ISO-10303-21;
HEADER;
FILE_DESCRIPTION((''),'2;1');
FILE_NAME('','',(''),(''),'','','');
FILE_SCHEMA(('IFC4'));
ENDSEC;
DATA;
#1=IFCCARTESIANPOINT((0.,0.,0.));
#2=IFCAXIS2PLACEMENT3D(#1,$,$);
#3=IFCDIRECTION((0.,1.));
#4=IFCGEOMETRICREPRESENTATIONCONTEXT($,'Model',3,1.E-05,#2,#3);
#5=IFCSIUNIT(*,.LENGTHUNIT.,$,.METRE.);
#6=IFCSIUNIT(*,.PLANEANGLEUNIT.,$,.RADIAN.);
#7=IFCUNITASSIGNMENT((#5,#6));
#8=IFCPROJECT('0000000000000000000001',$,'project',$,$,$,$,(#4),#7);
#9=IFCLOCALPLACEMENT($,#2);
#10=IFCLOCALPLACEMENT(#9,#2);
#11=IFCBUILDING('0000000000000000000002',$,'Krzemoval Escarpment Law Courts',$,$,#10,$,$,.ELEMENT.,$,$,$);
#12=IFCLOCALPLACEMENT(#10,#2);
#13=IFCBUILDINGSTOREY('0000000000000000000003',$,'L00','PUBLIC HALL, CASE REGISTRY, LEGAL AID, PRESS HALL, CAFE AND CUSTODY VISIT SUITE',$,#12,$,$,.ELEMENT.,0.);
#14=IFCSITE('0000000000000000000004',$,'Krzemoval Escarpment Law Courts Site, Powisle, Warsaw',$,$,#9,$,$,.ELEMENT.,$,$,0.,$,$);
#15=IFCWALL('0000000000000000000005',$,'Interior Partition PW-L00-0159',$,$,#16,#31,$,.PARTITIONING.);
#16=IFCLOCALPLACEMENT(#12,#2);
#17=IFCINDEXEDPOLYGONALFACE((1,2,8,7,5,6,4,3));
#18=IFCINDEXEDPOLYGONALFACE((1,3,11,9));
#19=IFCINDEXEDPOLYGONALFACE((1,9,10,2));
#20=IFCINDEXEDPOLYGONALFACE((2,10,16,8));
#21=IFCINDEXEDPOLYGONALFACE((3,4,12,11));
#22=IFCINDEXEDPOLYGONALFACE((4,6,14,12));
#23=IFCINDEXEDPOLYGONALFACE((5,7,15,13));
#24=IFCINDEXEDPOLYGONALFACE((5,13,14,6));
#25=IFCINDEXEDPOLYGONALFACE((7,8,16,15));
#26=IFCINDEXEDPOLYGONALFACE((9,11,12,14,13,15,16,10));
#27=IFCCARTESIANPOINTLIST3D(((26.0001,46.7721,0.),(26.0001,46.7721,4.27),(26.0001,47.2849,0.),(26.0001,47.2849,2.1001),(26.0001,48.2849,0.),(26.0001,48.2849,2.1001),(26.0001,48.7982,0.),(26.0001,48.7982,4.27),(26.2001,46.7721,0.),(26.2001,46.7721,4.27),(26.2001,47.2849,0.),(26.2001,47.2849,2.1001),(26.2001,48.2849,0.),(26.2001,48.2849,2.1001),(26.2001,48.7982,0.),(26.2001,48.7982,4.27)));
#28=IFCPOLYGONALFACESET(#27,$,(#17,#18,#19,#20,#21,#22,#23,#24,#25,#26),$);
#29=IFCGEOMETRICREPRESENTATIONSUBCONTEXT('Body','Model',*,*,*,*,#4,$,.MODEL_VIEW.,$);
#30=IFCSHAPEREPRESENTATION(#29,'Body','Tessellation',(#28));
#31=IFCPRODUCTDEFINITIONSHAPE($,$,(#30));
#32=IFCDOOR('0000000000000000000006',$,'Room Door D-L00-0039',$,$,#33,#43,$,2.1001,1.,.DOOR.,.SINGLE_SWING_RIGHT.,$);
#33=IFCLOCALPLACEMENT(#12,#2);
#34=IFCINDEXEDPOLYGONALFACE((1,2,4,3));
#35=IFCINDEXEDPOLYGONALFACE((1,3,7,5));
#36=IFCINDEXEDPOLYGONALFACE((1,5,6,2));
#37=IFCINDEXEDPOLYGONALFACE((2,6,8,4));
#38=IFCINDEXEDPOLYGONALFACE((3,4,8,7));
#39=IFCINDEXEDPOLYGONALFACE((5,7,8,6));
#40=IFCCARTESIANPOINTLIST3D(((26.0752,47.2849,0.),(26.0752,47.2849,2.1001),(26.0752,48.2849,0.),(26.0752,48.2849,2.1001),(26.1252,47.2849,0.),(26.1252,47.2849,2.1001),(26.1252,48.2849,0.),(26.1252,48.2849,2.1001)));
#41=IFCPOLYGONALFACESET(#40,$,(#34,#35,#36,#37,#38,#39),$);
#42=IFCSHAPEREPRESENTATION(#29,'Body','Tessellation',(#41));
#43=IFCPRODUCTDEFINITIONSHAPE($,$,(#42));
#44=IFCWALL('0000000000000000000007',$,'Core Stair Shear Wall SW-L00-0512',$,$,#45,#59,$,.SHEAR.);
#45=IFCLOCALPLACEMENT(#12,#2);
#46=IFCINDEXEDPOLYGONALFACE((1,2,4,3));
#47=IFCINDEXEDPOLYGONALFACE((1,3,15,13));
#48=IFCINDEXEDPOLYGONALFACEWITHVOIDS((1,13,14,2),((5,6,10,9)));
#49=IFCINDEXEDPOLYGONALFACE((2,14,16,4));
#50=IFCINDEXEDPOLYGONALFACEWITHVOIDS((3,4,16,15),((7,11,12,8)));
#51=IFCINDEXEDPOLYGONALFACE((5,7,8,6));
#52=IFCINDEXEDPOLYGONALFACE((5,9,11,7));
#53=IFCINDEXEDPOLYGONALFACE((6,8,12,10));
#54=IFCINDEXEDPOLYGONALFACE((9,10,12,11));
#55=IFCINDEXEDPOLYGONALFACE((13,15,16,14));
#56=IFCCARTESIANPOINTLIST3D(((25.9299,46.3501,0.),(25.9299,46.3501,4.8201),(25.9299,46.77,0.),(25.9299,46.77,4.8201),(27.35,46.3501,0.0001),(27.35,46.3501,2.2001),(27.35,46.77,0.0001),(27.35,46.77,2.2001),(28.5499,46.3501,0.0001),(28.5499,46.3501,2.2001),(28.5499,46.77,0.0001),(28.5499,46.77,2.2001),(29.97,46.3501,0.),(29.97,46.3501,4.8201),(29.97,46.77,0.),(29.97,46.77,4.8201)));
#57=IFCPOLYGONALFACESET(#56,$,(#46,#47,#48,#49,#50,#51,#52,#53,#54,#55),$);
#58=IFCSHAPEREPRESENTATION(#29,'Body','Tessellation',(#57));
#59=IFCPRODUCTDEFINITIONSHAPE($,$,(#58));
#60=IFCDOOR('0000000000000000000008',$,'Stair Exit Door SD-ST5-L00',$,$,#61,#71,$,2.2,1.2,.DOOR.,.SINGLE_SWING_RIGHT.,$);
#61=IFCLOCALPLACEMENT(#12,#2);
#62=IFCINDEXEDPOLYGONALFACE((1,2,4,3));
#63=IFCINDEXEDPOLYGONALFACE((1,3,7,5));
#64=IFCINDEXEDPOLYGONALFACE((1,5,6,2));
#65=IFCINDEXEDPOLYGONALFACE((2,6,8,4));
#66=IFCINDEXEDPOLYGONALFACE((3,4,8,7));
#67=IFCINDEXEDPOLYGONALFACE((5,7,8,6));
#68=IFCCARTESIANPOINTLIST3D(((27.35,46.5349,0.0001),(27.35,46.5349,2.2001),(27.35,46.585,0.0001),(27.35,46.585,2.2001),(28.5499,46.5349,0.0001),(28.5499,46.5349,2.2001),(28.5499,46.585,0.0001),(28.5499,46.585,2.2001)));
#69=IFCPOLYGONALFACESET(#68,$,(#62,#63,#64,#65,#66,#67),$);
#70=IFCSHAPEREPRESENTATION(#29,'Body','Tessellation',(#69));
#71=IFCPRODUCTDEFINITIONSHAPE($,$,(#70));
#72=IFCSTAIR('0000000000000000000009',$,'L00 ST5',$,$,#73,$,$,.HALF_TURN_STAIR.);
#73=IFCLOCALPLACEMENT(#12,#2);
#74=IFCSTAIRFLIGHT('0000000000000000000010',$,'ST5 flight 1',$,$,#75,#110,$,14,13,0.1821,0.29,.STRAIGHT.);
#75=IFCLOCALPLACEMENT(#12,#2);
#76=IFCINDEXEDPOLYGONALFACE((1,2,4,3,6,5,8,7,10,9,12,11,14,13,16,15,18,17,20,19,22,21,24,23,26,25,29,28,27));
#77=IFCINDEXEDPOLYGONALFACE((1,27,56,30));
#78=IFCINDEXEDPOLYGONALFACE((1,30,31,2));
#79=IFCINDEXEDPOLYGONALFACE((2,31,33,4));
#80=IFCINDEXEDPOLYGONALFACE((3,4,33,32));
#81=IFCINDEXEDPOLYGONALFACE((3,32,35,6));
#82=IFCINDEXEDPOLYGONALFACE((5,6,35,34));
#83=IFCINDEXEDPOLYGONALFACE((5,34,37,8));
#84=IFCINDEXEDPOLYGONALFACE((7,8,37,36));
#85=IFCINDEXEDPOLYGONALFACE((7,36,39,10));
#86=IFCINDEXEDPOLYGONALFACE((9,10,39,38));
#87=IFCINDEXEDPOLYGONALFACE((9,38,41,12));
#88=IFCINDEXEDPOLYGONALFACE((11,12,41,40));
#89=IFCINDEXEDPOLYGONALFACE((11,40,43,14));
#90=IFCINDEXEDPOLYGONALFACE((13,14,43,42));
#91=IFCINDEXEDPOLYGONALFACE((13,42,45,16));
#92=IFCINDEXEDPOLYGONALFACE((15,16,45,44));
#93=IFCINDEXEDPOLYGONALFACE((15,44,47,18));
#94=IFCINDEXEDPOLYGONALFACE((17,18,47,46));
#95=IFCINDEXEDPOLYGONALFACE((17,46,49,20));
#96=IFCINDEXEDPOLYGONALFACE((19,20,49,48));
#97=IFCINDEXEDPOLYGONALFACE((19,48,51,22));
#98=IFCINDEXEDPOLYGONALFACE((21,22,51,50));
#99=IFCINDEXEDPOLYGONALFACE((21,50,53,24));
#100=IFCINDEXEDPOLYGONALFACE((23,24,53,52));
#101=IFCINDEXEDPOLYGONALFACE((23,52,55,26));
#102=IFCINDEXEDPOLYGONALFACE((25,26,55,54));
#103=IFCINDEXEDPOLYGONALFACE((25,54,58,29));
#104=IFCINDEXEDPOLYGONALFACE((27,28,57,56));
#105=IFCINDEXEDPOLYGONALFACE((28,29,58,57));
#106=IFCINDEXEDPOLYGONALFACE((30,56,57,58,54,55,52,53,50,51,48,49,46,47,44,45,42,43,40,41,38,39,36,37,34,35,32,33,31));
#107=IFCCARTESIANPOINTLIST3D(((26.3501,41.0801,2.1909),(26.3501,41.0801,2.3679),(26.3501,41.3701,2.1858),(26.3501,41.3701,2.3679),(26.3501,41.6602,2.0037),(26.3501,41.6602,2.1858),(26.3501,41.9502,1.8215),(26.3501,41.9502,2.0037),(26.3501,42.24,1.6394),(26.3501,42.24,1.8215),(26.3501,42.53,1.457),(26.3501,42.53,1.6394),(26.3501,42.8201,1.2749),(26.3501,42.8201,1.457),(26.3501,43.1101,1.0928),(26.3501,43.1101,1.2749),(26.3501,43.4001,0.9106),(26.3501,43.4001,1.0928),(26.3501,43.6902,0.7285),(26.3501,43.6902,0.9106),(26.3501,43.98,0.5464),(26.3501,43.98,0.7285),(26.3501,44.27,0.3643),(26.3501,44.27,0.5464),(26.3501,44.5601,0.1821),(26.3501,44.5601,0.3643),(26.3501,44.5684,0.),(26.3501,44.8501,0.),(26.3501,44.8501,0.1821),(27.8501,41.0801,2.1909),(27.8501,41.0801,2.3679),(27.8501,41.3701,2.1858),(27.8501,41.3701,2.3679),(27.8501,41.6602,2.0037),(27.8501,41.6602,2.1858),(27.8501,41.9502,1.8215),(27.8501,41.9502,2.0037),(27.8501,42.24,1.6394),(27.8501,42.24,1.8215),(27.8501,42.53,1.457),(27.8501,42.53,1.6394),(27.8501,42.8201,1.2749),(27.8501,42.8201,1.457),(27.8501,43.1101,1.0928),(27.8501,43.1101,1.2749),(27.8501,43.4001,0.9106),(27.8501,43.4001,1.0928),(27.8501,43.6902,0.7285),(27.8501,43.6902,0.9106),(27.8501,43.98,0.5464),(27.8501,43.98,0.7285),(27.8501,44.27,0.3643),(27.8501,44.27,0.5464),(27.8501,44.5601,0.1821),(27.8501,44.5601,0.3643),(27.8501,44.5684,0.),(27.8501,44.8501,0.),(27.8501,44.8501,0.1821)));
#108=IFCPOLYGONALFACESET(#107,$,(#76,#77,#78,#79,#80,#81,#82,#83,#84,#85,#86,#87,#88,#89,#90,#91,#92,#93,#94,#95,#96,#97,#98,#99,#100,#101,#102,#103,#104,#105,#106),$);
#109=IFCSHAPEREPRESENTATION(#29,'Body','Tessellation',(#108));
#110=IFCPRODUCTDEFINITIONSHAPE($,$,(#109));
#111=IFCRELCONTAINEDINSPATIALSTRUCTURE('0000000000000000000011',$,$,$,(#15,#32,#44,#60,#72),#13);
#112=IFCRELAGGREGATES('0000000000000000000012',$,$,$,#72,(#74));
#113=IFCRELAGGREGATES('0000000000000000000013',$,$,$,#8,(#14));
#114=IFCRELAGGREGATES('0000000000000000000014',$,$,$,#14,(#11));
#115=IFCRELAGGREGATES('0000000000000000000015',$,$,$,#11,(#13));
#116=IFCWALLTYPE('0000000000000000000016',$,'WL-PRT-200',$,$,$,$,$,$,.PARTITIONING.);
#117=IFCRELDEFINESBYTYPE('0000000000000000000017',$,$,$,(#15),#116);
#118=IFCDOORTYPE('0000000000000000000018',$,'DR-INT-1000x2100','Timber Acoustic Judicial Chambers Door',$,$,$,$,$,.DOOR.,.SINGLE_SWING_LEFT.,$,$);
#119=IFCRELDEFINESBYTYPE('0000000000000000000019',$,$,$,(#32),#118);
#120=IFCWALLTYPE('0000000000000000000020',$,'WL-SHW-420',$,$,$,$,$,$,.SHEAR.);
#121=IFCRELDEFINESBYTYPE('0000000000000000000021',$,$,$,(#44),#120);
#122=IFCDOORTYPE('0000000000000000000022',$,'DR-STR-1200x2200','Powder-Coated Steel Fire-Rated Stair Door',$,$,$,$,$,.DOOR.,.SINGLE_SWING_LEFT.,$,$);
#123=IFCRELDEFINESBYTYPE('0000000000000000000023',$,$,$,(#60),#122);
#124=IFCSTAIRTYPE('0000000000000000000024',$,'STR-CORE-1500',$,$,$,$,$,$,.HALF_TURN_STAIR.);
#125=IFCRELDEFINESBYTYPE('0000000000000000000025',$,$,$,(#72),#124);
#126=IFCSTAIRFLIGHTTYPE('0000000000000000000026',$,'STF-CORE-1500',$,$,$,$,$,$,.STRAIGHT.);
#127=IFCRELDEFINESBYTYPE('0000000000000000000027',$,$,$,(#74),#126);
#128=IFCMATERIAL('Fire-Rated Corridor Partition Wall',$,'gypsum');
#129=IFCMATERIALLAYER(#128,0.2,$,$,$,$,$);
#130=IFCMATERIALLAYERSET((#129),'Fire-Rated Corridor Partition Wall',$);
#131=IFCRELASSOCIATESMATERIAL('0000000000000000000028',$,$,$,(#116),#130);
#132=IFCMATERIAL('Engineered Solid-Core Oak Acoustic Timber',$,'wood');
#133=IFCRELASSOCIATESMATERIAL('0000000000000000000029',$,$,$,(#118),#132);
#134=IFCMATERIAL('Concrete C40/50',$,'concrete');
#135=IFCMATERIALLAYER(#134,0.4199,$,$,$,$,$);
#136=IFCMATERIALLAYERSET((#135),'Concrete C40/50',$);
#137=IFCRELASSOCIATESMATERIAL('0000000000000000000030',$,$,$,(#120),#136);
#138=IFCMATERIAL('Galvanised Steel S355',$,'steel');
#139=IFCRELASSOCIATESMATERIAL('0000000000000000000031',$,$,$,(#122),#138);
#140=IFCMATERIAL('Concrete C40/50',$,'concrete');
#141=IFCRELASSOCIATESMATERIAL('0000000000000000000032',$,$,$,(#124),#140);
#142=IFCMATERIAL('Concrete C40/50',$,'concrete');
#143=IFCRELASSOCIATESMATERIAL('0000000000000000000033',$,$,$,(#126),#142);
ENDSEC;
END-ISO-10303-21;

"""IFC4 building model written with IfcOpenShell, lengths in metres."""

from ifc_helpers import new_model, si_unit, direction, frame, frame_2d, origin, place, context, subcontext, project, spatial, polyline, rectangle, outline, extrude, material, layer, layer_set, type_object, element, fill, aggregate, save


model = new_model("IFC4")

# Units and contexts
model_context = context("Model", 3, precision=1e-05, world=origin(), true_north=direction((0.0, 1.0)))
body_context = subcontext(model_context, "Body", "Model", "MODEL_VIEW")
ifc_project = project(units=[si_unit("LENGTHUNIT", "METRE"), si_unit("PLANEANGLEUNIT", "RADIAN")], contexts=[model_context])

# Site, building, storey
site_placement = place(None, origin())
site = spatial("IfcSite", under=ifc_project, at=site_placement, Name="Krzemoval Escarpment Law Courts Site, Powisle, Warsaw", CompositionType="ELEMENT", RefElevation=0.0)
building_placement = place(site_placement, origin())
building = spatial("IfcBuilding", under=site, at=building_placement, Name="Krzemoval Escarpment Law Courts", CompositionType="ELEMENT")
storey_placement = place(building_placement, origin())
storey = spatial("IfcBuildingStorey", under=building, at=storey_placement, Name="L00", Description="PUBLIC HALL, CASE REGISTRY, LEGAL AID, PRESS HALL, CAFE AND CUSTODY VISIT SUITE", CompositionType="ELEMENT", Elevation=0.0)

# Shared definitions
ifc_material_1 = material(Name="Fire-Rated Corridor Partition Wall", Category="gypsum")
ifc_layer_1 = layer(ifc_material_1, 0.2)
ifc_layer_set_1 = layer_set([ifc_layer_1], Name="Fire-Rated Corridor Partition Wall")
wall_type_1 = type_object("IfcWallType", Name="WL-PRT-200", PredefinedType="PARTITIONING", material=ifc_layer_set_1)

# Walls, openings, doors
wall_1_placement = place(storey_placement, frame((26.1001, 46.772, 0.0), z_axis=(0.0, 0.0, 1.0), x_axis=(0.0, 1.0, 0.0)))
wall_1 = element("IfcWall", 1, at=wall_1_placement, inside=storey, type_object=wall_type_1, Name="Interior Partition PW-L00-0159", PredefinedType="PARTITIONING", context=body_context, shape_type="SweptSolid", body=[
    extrude(rectangle(XDim=2.0261, YDim=0.2, at=frame_2d((1.0132, 0.0))), origin(), (0.0, 0.0, 1.0), 4.27),
])
opening_1_placement = place(wall_1_placement, frame((0.5129, 0.0, 0.0)))
opening_1 = element("IfcOpeningElement", 2, at=opening_1_placement, cuts=wall_1, PredefinedType="OPENING", context=body_context, shape_type="SweptSolid", body=[
    extrude(rectangle(XDim=1.0, YDim=2.1001, at=frame_2d((0.5, 1.05))), frame((0.0, 0.115, 0.0), z_axis=(0.0, -1.0, 0.0), x_axis=(1.0, 0.0, 0.0)), (0.0, 0.0, 1.0), 0.2299),
])
ifc_material_2 = material(Name="Engineered Solid-Core Oak Acoustic Timber", Category="wood")
door_type_1 = type_object("IfcDoorType", Name="DR-INT-1000x2100", Description="Timber Acoustic Judicial Chambers Door", OperationType="SINGLE_SWING_LEFT", PredefinedType="DOOR", material=ifc_material_2)
door_1_placement = place(opening_1_placement, origin())
door_1 = element("IfcDoor", 3, at=door_1_placement, inside=storey, type_object=door_type_1, Name="Room Door D-L00-0039", OperationType="SINGLE_SWING_RIGHT", OverallHeight=2.1001, OverallWidth=1.0, PredefinedType="DOOR", context=body_context, shape_type="SweptSolid", body=[
    extrude(rectangle(XDim=1.0, YDim=2.1001, at=frame_2d((0.5, 1.05))), frame((0.0, 0.0249, 0.0), z_axis=(0.0, -1.0, 0.0), x_axis=(1.0, 0.0, 0.0)), (0.0, 0.0, 1.0), 0.05),
])
fill(opening_1, door_1)
ifc_material_3 = material(Name="Concrete C40/50", Category="concrete")
ifc_layer_2 = layer(ifc_material_3, 0.4199)
ifc_layer_set_2 = layer_set([ifc_layer_2], Name="Concrete C40/50")
wall_type_2 = type_object("IfcWallType", Name="WL-SHW-420", PredefinedType="SHEAR", material=ifc_layer_set_2)
wall_2_placement = place(storey_placement, frame((25.9299, 46.5601, 0.0), z_axis=(0.0, 0.0, 1.0), x_axis=(1.0, 0.0, 0.0)))
wall_2 = element("IfcWall", 4, at=wall_2_placement, inside=storey, type_object=wall_type_2, Name="Core Stair Shear Wall SW-L00-0512", PredefinedType="SHEAR", context=body_context, shape_type="SweptSolid", body=[
    extrude(rectangle(XDim=4.04, YDim=0.4199, at=frame_2d((2.02, 0.0))), origin(), (0.0, 0.0, 1.0), 4.8201),
])
opening_2_placement = place(wall_2_placement, frame((1.4199, 0.0, 0.0)))
opening_2 = element("IfcOpeningElement", 5, at=opening_2_placement, cuts=wall_2, PredefinedType="OPENING", context=body_context, shape_type="SweptSolid", body=[
    extrude(rectangle(XDim=1.2, YDim=2.2, at=frame_2d((0.6001, 1.1001))), frame((0.0, 0.225, 0.0), z_axis=(0.0, -1.0, 0.0), x_axis=(1.0, 0.0, 0.0)), (0.0, 0.0, 1.0), 0.4499),
])
ifc_material_4 = material(Name="Galvanised Steel S355", Category="steel")
door_type_2 = type_object("IfcDoorType", Name="DR-STR-1200x2200", Description="Powder-Coated Steel Fire-Rated Stair Door", OperationType="SINGLE_SWING_LEFT", PredefinedType="DOOR", material=ifc_material_4)
door_2_placement = place(opening_2_placement, origin())
door_2 = element("IfcDoor", 6, at=door_2_placement, inside=storey, type_object=door_type_2, Name="Stair Exit Door SD-ST5-L00", OperationType="SINGLE_SWING_RIGHT", OverallHeight=2.2, OverallWidth=1.2, PredefinedType="DOOR", context=body_context, shape_type="SweptSolid", body=[
    extrude(rectangle(XDim=1.2, YDim=2.2, at=frame_2d((0.6001, 1.1001))), frame((0.0, 0.0249, 0.0), z_axis=(0.0, -1.0, 0.0), x_axis=(1.0, 0.0, 0.0)), (0.0, 0.0, 1.0), 0.05),
])
fill(opening_2, door_2)

# Stair, stair flight
ifc_material_5 = material(Name="Concrete C40/50", Category="concrete")
stair_type = type_object("IfcStairType", Name="STR-CORE-1500", PredefinedType="HALF_TURN_STAIR", material=ifc_material_5)
stair_placement = place(storey_placement, origin())
stair = element("IfcStair", 7, at=stair_placement, inside=storey, type_object=stair_type, Name="L00 ST5", PredefinedType="HALF_TURN_STAIR")
ifc_material_6 = material(Name="Concrete C40/50", Category="concrete")
stair_flight_type = type_object("IfcStairFlightType", Name="STF-CORE-1500", PredefinedType="STRAIGHT", material=ifc_material_6)
stair_flight_placement = place(storey_placement, frame((27.1001, 44.8501, 0.0), z_axis=(0.0, 0.0, 1.0), x_axis=(0.0, -1.0, 0.0)))
stair_flight = element("IfcStairFlight", 8, at=stair_flight_placement, type_object=stair_flight_type, Name="ST5 flight 1", NumberOfRisers=14, NumberOfTreads=13, PredefinedType="STRAIGHT", RiserHeight=0.1821, TreadLength=0.29, context=body_context, shape_type="SweptSolid", body=[
    extrude(outline(polyline([(0.0, 0.0), (0.0, 0.1821), (0.29, 0.1821), (0.29, 0.3643), (0.5801, 0.3643), (0.5801, 0.5464), (0.8701, 0.5464), (0.8701, 0.7285), (1.1599, 0.7285), (1.1599, 0.9106), (1.45, 0.9106), (1.45, 1.0928), (1.74, 1.0928), (1.74, 1.2749), (2.03, 1.2749), (2.03, 1.457), (2.3201, 1.457), (2.3201, 1.6394), (2.6101, 1.6394), (2.6101, 1.8215), (2.8999, 1.8215), (2.8999, 2.0037), (3.1899, 2.0037), (3.1899, 2.1858), (3.48, 2.1858), (3.48, 2.3679), (3.77, 2.3679), (3.77, 2.55), (3.77, 2.1909), (0.2817, 0.0), (0.0, 0.0)])), frame((0.0, 0.75, 0.0), z_axis=(0.0, -1.0, 0.0), x_axis=(1.0, 0.0, 0.0)), (0.0, 0.0, 1.0), 1.5),
])
aggregate(stair, [stair_flight])

save(model, "model.ifc")
